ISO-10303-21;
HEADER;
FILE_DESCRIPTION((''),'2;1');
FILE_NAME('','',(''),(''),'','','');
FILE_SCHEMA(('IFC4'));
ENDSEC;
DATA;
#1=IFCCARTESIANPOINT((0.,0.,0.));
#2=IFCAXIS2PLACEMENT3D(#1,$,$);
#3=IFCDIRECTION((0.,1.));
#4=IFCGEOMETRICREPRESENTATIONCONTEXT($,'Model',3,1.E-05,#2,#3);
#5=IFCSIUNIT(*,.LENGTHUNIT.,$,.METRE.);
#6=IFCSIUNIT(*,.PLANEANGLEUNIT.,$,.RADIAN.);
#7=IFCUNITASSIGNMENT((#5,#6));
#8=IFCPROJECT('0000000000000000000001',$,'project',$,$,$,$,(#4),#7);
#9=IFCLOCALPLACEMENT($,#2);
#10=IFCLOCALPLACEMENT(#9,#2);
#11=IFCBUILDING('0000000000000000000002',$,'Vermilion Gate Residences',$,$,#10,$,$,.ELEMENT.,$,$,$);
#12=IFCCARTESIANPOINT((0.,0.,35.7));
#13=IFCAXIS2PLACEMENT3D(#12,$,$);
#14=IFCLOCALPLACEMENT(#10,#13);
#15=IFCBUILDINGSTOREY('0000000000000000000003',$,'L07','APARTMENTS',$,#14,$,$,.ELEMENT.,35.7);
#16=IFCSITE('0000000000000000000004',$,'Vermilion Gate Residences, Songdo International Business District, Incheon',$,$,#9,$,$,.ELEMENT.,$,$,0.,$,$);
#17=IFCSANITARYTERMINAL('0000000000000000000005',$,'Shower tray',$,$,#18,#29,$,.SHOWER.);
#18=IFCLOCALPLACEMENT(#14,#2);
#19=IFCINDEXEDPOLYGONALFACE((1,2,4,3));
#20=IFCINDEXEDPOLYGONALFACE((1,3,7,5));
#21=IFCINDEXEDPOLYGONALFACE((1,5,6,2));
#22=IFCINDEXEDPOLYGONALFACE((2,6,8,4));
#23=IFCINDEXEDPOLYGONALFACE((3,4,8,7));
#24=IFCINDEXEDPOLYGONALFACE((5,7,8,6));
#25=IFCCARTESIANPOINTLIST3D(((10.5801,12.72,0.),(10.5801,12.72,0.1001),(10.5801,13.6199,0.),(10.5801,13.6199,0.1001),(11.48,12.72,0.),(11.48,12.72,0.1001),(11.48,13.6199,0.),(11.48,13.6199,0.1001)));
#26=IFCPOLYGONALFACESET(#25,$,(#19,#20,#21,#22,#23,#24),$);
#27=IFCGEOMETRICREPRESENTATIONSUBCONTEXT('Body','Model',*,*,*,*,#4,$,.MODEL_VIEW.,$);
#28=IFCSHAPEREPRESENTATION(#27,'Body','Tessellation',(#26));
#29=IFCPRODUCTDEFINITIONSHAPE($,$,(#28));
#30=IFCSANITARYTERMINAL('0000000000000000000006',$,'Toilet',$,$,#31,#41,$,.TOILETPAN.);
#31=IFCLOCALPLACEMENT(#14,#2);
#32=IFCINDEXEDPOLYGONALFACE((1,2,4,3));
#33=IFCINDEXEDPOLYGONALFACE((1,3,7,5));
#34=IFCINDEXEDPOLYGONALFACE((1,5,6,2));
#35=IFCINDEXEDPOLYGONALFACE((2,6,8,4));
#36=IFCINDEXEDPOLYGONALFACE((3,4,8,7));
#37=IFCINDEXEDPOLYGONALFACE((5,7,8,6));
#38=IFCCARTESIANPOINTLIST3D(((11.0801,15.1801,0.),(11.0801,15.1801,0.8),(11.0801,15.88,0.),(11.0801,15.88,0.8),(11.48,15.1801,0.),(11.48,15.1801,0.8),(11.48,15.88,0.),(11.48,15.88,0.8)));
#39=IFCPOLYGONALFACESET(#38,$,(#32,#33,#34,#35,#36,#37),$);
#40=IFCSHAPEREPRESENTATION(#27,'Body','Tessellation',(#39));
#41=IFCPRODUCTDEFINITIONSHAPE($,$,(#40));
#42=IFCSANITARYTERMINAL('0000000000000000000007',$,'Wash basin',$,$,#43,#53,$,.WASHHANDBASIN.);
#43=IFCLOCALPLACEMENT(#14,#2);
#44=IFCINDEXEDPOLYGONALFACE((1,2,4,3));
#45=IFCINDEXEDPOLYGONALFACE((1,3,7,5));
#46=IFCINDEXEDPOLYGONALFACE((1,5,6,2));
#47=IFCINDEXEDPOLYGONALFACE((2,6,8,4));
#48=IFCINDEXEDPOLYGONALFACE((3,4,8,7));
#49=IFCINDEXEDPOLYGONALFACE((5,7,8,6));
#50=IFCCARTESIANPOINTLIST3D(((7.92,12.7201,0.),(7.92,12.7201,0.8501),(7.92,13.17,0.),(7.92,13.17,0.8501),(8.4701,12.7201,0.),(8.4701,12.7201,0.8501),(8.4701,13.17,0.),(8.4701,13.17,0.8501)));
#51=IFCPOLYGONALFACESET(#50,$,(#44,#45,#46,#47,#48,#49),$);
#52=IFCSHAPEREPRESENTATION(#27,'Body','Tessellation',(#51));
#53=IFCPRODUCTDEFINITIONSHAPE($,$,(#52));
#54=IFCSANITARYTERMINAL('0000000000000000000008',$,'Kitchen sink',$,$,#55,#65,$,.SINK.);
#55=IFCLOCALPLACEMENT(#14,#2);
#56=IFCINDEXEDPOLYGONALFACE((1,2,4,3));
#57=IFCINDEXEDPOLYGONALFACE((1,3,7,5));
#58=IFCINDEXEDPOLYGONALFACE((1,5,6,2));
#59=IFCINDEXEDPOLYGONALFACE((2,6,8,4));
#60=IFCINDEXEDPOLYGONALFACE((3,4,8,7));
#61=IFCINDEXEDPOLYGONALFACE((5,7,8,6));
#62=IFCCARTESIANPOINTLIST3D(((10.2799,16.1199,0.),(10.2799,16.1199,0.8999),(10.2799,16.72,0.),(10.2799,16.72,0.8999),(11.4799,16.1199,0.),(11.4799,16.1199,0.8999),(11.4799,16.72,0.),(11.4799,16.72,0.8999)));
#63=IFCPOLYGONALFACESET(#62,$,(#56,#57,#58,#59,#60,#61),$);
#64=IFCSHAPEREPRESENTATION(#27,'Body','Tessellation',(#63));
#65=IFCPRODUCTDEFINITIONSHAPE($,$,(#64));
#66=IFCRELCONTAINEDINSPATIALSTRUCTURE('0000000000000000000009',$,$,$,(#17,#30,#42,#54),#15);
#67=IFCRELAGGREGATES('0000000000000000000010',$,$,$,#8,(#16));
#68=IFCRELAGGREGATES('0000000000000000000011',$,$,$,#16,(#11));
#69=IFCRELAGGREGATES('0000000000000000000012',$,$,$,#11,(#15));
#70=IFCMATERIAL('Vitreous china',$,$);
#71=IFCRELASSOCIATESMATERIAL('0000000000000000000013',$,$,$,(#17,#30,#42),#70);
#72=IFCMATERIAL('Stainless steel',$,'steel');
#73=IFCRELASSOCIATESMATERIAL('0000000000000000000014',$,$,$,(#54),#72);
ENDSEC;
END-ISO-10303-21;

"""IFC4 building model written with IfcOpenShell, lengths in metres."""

from ifc_helpers import new_model, si_unit, direction, frame, origin, origin_2d, place, context, subcontext, project, spatial, rectangle, extrude, material, element, save


model = new_model("IFC4")

# Units and contexts
model_context = context("Model", 3, precision=1e-05, world=origin(), true_north=direction((0.0, 1.0)))
body_context = subcontext(model_context, "Body", "Model", "MODEL_VIEW")
ifc_project = project(units=[si_unit("LENGTHUNIT", "METRE"), si_unit("PLANEANGLEUNIT", "RADIAN")], contexts=[model_context])

# Site, building, storey
site_placement = place(None, origin())
site = spatial("IfcSite", under=ifc_project, at=site_placement, Name="Vermilion Gate Residences, Songdo International Business District, Incheon", CompositionType="ELEMENT", RefElevation=0.0)
building_placement = place(site_placement, origin())
building = spatial("IfcBuilding", under=site, at=building_placement, Name="Vermilion Gate Residences", CompositionType="ELEMENT")
storey_placement = place(building_placement, frame((0.0, 0.0, 35.7)))
storey = spatial("IfcBuildingStorey", under=building, at=storey_placement, Name="L07", Description="APARTMENTS", CompositionType="ELEMENT", Elevation=35.7)

# Sanitary terminals
ifc_material_1 = material(Name="Stainless steel", Category="steel")
ifc_material_2 = material(Name="Vitreous china")
sanitary_terminal_1_placement = place(storey_placement, frame((11.03, 13.1699, 0.0), z_axis=(0.0, 0.0, 1.0), x_axis=(1.0, 0.0, 0.0)))
element("IfcSanitaryTerminal", 1, at=sanitary_terminal_1_placement, inside=storey, material=ifc_material_2, Name="Shower tray", PredefinedType="SHOWER", context=body_context, shape_type="SweptSolid", body=[
    extrude(rectangle(XDim=0.8999, YDim=0.8999, at=origin_2d()), origin(), (0.0, 0.0, 1.0), 0.1001),
])
sanitary_terminal_2_placement = place(storey_placement, frame((11.28, 15.53, 0.0), z_axis=(0.0, 0.0, 1.0), x_axis=(1.0, 0.0, 0.0)))
element("IfcSanitaryTerminal", 2, at=sanitary_terminal_2_placement, inside=storey, material=ifc_material_2, Name="Toilet", PredefinedType="TOILETPAN", context=body_context, shape_type="SweptSolid", body=[
    extrude(rectangle(XDim=0.3999, YDim=0.7, at=origin_2d()), origin(), (0.0, 0.0, 1.0), 0.8),
])
sanitary_terminal_3_placement = place(storey_placement, frame((8.1951, 12.9451, 0.0), z_axis=(0.0, 0.0, 1.0), x_axis=(1.0, 0.0, 0.0)))
element("IfcSanitaryTerminal", 3, at=sanitary_terminal_3_placement, inside=storey, material=ifc_material_2, Name="Wash basin", PredefinedType="WASHHANDBASIN", context=body_context, shape_type="SweptSolid", body=[
    extrude(rectangle(XDim=0.55, YDim=0.45, at=origin_2d()), origin(), (0.0, 0.0, 1.0), 0.8501),
])
sanitary_terminal_4_placement = place(storey_placement, frame((10.8799, 16.4199, 0.0), z_axis=(0.0, 0.0, 1.0), x_axis=(1.0, 0.0, 0.0)))
element("IfcSanitaryTerminal", 4, at=sanitary_terminal_4_placement, inside=storey, material=ifc_material_1, Name="Kitchen sink", PredefinedType="SINK", context=body_context, shape_type="SweptSolid", body=[
    extrude(rectangle(XDim=1.2, YDim=0.6001, at=origin_2d()), origin(), (0.0, 0.0, 1.0), 0.8999),
])

save(model, "model.ifc")
